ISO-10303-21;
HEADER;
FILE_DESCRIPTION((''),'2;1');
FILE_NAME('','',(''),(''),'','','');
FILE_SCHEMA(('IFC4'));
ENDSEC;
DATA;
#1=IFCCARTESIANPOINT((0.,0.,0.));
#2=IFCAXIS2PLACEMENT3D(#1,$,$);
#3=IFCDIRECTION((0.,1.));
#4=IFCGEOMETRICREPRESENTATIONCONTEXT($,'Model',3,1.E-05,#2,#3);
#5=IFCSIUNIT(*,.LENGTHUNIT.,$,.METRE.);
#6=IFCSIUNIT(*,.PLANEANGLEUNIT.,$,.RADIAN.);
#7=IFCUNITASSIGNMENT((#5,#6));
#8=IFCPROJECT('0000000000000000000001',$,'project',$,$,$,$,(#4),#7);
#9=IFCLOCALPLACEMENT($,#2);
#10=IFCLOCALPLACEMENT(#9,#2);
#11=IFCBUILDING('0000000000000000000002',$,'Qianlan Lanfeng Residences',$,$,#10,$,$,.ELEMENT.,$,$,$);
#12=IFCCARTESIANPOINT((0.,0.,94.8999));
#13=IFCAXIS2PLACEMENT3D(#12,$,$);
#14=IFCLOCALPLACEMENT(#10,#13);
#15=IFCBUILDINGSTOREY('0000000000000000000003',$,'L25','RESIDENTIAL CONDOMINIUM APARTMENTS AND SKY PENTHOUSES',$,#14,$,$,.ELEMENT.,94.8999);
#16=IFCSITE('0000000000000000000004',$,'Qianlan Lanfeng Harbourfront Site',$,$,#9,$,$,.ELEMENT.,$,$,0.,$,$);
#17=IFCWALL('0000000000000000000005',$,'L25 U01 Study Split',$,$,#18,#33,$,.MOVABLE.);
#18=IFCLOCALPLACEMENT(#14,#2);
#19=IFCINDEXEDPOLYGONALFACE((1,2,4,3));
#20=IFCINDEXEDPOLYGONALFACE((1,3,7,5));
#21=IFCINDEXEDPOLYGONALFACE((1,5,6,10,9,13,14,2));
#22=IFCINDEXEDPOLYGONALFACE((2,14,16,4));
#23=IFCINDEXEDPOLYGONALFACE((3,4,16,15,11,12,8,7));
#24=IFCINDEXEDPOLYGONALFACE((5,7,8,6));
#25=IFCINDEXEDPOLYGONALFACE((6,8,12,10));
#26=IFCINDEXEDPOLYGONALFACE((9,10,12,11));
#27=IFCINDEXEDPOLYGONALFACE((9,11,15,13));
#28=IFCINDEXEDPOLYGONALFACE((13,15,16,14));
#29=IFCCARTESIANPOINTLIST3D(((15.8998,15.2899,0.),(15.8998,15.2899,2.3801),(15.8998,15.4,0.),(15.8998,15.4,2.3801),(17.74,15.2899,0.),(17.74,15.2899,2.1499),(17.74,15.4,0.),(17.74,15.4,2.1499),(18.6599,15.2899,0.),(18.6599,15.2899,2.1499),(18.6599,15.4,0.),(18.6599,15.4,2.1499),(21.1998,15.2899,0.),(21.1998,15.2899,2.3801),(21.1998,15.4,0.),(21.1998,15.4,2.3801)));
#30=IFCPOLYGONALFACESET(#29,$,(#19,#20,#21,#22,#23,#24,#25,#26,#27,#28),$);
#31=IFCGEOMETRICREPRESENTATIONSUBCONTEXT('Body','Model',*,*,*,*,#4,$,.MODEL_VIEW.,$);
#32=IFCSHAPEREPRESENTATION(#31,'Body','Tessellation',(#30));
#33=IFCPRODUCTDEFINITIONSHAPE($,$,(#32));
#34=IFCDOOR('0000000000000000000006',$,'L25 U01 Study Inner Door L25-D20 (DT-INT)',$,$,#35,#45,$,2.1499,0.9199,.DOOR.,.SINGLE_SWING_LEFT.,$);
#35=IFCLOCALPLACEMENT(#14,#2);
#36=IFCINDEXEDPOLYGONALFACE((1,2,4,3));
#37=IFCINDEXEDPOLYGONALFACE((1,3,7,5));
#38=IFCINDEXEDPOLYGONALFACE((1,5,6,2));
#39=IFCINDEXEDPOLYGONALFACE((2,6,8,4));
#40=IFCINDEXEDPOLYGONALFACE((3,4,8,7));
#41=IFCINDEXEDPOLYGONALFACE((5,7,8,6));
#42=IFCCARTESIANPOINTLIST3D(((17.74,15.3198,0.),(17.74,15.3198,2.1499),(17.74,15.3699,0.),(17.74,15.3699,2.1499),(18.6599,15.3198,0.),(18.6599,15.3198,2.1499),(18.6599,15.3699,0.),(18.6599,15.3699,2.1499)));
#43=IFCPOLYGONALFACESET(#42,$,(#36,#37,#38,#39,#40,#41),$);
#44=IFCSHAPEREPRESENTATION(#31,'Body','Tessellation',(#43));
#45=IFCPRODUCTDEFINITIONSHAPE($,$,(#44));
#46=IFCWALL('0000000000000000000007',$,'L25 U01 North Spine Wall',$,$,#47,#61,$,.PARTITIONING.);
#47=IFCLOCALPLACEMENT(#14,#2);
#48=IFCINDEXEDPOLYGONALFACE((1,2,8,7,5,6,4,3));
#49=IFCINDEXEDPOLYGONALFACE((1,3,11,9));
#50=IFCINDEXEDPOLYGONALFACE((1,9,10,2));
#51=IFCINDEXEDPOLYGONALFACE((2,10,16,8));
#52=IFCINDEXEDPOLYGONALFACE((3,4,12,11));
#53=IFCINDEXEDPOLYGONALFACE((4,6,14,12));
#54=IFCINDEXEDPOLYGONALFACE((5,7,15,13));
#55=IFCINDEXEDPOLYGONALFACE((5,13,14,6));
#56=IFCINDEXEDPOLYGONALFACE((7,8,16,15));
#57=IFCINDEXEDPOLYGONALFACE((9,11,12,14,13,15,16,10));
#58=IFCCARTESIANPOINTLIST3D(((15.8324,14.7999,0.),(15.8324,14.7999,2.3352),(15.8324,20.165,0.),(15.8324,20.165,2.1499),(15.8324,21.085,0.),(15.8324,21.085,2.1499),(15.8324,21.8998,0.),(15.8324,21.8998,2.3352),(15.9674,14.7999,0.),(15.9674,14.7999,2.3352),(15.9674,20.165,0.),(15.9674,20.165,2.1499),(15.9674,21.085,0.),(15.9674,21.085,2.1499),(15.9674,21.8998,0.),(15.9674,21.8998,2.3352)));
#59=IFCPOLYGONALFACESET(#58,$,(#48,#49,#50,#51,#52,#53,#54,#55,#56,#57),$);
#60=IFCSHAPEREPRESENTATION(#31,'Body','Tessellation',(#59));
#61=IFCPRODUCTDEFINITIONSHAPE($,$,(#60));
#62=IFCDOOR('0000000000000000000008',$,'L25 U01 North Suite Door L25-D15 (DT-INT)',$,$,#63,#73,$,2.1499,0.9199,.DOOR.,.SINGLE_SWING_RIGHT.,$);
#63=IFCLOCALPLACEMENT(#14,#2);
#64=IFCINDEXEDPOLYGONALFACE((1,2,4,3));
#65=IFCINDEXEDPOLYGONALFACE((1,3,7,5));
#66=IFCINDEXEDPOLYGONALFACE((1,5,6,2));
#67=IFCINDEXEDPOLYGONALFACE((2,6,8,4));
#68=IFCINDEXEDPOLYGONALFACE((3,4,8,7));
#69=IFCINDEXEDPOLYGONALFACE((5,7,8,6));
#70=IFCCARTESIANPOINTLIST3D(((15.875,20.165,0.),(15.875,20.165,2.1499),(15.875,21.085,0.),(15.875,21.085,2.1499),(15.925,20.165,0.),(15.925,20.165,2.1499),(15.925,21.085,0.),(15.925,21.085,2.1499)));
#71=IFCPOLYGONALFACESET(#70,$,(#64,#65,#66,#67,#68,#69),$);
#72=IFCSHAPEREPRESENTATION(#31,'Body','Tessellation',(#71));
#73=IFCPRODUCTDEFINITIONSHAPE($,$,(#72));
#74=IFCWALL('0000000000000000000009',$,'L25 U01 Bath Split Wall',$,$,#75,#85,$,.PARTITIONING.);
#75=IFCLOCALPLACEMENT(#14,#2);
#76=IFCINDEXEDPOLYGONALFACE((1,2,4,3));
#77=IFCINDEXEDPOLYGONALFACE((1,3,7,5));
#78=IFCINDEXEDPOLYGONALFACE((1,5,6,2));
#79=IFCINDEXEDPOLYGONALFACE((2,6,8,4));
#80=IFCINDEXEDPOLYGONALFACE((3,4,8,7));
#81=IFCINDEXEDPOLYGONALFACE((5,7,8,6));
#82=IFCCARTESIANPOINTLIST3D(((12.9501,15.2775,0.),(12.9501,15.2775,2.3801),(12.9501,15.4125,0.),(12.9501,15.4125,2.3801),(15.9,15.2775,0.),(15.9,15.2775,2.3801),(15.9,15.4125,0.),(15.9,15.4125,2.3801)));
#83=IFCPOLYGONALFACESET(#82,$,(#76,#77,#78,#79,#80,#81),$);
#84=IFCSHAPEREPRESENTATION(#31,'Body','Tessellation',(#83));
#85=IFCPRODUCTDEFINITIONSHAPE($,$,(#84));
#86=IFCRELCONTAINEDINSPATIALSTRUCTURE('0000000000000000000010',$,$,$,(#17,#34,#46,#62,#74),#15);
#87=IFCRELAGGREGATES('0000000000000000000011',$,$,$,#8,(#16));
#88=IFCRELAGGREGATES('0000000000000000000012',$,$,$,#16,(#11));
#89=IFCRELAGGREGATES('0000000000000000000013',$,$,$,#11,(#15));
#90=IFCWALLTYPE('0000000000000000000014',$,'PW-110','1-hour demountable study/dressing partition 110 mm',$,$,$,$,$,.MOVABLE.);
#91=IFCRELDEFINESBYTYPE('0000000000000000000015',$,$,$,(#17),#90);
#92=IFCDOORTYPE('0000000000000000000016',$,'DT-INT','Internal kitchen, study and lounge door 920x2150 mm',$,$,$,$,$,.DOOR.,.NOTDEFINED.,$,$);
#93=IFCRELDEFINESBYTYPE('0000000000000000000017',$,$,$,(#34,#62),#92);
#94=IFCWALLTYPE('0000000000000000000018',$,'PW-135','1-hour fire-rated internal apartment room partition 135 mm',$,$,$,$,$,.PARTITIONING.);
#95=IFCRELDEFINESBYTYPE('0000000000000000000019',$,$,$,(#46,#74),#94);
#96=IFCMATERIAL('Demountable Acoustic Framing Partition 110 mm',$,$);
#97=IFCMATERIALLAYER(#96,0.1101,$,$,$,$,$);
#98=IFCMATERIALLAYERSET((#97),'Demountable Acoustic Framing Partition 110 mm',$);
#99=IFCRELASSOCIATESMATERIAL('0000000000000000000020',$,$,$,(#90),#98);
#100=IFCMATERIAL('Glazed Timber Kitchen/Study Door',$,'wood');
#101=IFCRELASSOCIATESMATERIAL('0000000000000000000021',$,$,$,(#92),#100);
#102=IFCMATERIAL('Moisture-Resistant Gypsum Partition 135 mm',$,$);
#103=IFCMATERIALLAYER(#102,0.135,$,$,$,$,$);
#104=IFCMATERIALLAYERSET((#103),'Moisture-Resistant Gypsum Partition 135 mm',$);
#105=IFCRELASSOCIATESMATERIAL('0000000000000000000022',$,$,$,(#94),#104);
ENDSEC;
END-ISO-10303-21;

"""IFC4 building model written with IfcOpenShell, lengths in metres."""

from ifc_helpers import new_model, si_unit, direction, frame, frame_2d, origin, place, context, subcontext, project, spatial, rectangle, extrude, material, layer, layer_set, type_object, element, fill, save


model = new_model("IFC4")

# Units and contexts
model_context = context("Model", 3, precision=1e-05, world=origin(), true_north=direction((0.0, 1.0)))
body_context = subcontext(model_context, "Body", "Model", "MODEL_VIEW")
ifc_project = project(units=[si_unit("LENGTHUNIT", "METRE"), si_unit("PLANEANGLEUNIT", "RADIAN")], contexts=[model_context])

# Site, building, storey
site_placement = place(None, origin())
site = spatial("IfcSite", under=ifc_project, at=site_placement, Name="Qianlan Lanfeng Harbourfront Site", CompositionType="ELEMENT", RefElevation=0.0)
building_placement = place(site_placement, origin())
building = spatial("IfcBuilding", under=site, at=building_placement, Name="Qianlan Lanfeng Residences", CompositionType="ELEMENT")
storey_placement = place(building_placement, frame((0.0, 0.0, 94.8999)))
storey = spatial("IfcBuildingStorey", under=building, at=storey_placement, Name="L25", Description="RESIDENTIAL CONDOMINIUM APARTMENTS AND SKY PENTHOUSES", CompositionType="ELEMENT", Elevation=94.8999)

# Walls, openings, doors
ifc_material_1 = material(Name="Demountable Acoustic Framing Partition 110 mm")
ifc_layer_1 = layer(ifc_material_1, 0.1101)
ifc_layer_set_1 = layer_set([ifc_layer_1], Name="Demountable Acoustic Framing Partition 110 mm")
wall_type_1 = type_object("IfcWallType", Name="PW-110", Description="1-hour demountable study/dressing partition 110 mm", PredefinedType="MOVABLE", material=ifc_layer_set_1)
wall_1_placement = place(storey_placement, frame((15.8999, 15.345, 0.0), z_axis=(0.0, 0.0, 1.0), x_axis=(1.0, 0.0, 0.0)))
wall_1 = element("IfcWall", 1, at=wall_1_placement, inside=storey, type_object=wall_type_1, Name="L25 U01 Study Split", PredefinedType="MOVABLE", context=body_context, shape_type="SweptSolid", body=[
    extrude(rectangle(XDim=5.3, YDim=0.1101, at=frame_2d((2.6499, 0.0))), origin(), (0.0, 0.0, 1.0), 2.3801),
])
opening_1_placement = place(wall_1_placement, frame((1.8401, 0.0, 0.0)))
opening_1 = element("IfcOpeningElement", 2, at=opening_1_placement, cuts=wall_1, PredefinedType="OPENING", context=body_context, shape_type="SweptSolid", body=[
    extrude(rectangle(XDim=0.9199, YDim=2.1499, at=frame_2d((0.46, 1.075))), frame((0.0, 0.0649, 0.0), z_axis=(0.0, -1.0, 0.0), x_axis=(1.0, 0.0, 0.0)), (0.0, 0.0, 1.0), 0.1301),
])
ifc_material_2 = material(Name="Glazed Timber Kitchen/Study Door", Category="wood")
door_type = type_object("IfcDoorType", Name="DT-INT", Description="Internal kitchen, study and lounge door 920x2150 mm", OperationType="NOTDEFINED", PredefinedType="DOOR", material=ifc_material_2)
door_1_placement = place(opening_1_placement, origin())
door_1 = element("IfcDoor", 3, at=door_1_placement, inside=storey, type_object=door_type, Name="L25 U01 Study Inner Door L25-D20 (DT-INT)", OperationType="SINGLE_SWING_LEFT", OverallHeight=2.1499, OverallWidth=0.9199, PredefinedType="DOOR", context=body_context, shape_type="SweptSolid", body=[
    extrude(rectangle(XDim=0.9199, YDim=2.1499, at=frame_2d((0.46, 1.075))), frame((0.0, 0.0249, 0.0), z_axis=(0.0, -1.0, 0.0), x_axis=(1.0, 0.0, 0.0)), (0.0, 0.0, 1.0), 0.05),
])
fill(opening_1, door_1)
ifc_material_3 = material(Name="Moisture-Resistant Gypsum Partition 135 mm")
ifc_layer_2 = layer(ifc_material_3, 0.135)
ifc_layer_set_2 = layer_set([ifc_layer_2], Name="Moisture-Resistant Gypsum Partition 135 mm")
wall_type_2 = type_object("IfcWallType", Name="PW-135", Description="1-hour fire-rated internal apartment room partition 135 mm", PredefinedType="PARTITIONING", material=ifc_layer_set_2)
wall_2_placement = place(storey_placement, frame((15.8999, 14.8, 0.0), z_axis=(0.0, 0.0, 1.0), x_axis=(0.0, 1.0, 0.0)))
wall_2 = element("IfcWall", 4, at=wall_2_placement, inside=storey, type_object=wall_type_2, Name="L25 U01 North Spine Wall", PredefinedType="PARTITIONING", context=body_context, shape_type="SweptSolid", body=[
    extrude(rectangle(XDim=7.0999, YDim=0.135, at=frame_2d((3.5498, 0.0))), origin(), (0.0, 0.0, 1.0), 2.3352),
])
opening_2_placement = place(wall_2_placement, frame((5.365, 0.0, 0.0)))
opening_2 = element("IfcOpeningElement", 5, at=opening_2_placement, cuts=wall_2, PredefinedType="OPENING", context=body_context, shape_type="SweptSolid", body=[
    extrude(rectangle(XDim=0.9199, YDim=2.1499, at=frame_2d((0.46, 1.075))), frame((0.0, 0.0776, 0.0), z_axis=(0.0, -1.0, 0.0), x_axis=(1.0, 0.0, 0.0)), (0.0, 0.0, 1.0), 0.155),
])
door_2_placement = place(opening_2_placement, origin())
door_2 = element("IfcDoor", 6, at=door_2_placement, inside=storey, type_object=door_type, Name="L25 U01 North Suite Door L25-D15 (DT-INT)", OperationType="SINGLE_SWING_RIGHT", OverallHeight=2.1499, OverallWidth=0.9199, PredefinedType="DOOR", context=body_context, shape_type="SweptSolid", body=[
    extrude(rectangle(XDim=0.9199, YDim=2.1499, at=frame_2d((0.46, 1.075))), frame((0.0, 0.0249, 0.0), z_axis=(0.0, -1.0, 0.0), x_axis=(1.0, 0.0, 0.0)), (0.0, 0.0, 1.0), 0.05),
])
fill(opening_2, door_2)

# Wall
wall_3_placement = place(storey_placement, frame((12.95, 15.345, 0.0), z_axis=(0.0, 0.0, 1.0), x_axis=(1.0, 0.0, 0.0)))
element("IfcWall", 7, at=wall_3_placement, inside=storey, type_object=wall_type_2, Name="L25 U01 Bath Split Wall", PredefinedType="PARTITIONING", context=body_context, shape_type="SweptSolid", body=[
    extrude(rectangle(XDim=2.95, YDim=0.135, at=frame_2d((1.4751, 0.0))), origin(), (0.0, 0.0, 1.0), 2.3801),
])

save(model, "model.ifc")
